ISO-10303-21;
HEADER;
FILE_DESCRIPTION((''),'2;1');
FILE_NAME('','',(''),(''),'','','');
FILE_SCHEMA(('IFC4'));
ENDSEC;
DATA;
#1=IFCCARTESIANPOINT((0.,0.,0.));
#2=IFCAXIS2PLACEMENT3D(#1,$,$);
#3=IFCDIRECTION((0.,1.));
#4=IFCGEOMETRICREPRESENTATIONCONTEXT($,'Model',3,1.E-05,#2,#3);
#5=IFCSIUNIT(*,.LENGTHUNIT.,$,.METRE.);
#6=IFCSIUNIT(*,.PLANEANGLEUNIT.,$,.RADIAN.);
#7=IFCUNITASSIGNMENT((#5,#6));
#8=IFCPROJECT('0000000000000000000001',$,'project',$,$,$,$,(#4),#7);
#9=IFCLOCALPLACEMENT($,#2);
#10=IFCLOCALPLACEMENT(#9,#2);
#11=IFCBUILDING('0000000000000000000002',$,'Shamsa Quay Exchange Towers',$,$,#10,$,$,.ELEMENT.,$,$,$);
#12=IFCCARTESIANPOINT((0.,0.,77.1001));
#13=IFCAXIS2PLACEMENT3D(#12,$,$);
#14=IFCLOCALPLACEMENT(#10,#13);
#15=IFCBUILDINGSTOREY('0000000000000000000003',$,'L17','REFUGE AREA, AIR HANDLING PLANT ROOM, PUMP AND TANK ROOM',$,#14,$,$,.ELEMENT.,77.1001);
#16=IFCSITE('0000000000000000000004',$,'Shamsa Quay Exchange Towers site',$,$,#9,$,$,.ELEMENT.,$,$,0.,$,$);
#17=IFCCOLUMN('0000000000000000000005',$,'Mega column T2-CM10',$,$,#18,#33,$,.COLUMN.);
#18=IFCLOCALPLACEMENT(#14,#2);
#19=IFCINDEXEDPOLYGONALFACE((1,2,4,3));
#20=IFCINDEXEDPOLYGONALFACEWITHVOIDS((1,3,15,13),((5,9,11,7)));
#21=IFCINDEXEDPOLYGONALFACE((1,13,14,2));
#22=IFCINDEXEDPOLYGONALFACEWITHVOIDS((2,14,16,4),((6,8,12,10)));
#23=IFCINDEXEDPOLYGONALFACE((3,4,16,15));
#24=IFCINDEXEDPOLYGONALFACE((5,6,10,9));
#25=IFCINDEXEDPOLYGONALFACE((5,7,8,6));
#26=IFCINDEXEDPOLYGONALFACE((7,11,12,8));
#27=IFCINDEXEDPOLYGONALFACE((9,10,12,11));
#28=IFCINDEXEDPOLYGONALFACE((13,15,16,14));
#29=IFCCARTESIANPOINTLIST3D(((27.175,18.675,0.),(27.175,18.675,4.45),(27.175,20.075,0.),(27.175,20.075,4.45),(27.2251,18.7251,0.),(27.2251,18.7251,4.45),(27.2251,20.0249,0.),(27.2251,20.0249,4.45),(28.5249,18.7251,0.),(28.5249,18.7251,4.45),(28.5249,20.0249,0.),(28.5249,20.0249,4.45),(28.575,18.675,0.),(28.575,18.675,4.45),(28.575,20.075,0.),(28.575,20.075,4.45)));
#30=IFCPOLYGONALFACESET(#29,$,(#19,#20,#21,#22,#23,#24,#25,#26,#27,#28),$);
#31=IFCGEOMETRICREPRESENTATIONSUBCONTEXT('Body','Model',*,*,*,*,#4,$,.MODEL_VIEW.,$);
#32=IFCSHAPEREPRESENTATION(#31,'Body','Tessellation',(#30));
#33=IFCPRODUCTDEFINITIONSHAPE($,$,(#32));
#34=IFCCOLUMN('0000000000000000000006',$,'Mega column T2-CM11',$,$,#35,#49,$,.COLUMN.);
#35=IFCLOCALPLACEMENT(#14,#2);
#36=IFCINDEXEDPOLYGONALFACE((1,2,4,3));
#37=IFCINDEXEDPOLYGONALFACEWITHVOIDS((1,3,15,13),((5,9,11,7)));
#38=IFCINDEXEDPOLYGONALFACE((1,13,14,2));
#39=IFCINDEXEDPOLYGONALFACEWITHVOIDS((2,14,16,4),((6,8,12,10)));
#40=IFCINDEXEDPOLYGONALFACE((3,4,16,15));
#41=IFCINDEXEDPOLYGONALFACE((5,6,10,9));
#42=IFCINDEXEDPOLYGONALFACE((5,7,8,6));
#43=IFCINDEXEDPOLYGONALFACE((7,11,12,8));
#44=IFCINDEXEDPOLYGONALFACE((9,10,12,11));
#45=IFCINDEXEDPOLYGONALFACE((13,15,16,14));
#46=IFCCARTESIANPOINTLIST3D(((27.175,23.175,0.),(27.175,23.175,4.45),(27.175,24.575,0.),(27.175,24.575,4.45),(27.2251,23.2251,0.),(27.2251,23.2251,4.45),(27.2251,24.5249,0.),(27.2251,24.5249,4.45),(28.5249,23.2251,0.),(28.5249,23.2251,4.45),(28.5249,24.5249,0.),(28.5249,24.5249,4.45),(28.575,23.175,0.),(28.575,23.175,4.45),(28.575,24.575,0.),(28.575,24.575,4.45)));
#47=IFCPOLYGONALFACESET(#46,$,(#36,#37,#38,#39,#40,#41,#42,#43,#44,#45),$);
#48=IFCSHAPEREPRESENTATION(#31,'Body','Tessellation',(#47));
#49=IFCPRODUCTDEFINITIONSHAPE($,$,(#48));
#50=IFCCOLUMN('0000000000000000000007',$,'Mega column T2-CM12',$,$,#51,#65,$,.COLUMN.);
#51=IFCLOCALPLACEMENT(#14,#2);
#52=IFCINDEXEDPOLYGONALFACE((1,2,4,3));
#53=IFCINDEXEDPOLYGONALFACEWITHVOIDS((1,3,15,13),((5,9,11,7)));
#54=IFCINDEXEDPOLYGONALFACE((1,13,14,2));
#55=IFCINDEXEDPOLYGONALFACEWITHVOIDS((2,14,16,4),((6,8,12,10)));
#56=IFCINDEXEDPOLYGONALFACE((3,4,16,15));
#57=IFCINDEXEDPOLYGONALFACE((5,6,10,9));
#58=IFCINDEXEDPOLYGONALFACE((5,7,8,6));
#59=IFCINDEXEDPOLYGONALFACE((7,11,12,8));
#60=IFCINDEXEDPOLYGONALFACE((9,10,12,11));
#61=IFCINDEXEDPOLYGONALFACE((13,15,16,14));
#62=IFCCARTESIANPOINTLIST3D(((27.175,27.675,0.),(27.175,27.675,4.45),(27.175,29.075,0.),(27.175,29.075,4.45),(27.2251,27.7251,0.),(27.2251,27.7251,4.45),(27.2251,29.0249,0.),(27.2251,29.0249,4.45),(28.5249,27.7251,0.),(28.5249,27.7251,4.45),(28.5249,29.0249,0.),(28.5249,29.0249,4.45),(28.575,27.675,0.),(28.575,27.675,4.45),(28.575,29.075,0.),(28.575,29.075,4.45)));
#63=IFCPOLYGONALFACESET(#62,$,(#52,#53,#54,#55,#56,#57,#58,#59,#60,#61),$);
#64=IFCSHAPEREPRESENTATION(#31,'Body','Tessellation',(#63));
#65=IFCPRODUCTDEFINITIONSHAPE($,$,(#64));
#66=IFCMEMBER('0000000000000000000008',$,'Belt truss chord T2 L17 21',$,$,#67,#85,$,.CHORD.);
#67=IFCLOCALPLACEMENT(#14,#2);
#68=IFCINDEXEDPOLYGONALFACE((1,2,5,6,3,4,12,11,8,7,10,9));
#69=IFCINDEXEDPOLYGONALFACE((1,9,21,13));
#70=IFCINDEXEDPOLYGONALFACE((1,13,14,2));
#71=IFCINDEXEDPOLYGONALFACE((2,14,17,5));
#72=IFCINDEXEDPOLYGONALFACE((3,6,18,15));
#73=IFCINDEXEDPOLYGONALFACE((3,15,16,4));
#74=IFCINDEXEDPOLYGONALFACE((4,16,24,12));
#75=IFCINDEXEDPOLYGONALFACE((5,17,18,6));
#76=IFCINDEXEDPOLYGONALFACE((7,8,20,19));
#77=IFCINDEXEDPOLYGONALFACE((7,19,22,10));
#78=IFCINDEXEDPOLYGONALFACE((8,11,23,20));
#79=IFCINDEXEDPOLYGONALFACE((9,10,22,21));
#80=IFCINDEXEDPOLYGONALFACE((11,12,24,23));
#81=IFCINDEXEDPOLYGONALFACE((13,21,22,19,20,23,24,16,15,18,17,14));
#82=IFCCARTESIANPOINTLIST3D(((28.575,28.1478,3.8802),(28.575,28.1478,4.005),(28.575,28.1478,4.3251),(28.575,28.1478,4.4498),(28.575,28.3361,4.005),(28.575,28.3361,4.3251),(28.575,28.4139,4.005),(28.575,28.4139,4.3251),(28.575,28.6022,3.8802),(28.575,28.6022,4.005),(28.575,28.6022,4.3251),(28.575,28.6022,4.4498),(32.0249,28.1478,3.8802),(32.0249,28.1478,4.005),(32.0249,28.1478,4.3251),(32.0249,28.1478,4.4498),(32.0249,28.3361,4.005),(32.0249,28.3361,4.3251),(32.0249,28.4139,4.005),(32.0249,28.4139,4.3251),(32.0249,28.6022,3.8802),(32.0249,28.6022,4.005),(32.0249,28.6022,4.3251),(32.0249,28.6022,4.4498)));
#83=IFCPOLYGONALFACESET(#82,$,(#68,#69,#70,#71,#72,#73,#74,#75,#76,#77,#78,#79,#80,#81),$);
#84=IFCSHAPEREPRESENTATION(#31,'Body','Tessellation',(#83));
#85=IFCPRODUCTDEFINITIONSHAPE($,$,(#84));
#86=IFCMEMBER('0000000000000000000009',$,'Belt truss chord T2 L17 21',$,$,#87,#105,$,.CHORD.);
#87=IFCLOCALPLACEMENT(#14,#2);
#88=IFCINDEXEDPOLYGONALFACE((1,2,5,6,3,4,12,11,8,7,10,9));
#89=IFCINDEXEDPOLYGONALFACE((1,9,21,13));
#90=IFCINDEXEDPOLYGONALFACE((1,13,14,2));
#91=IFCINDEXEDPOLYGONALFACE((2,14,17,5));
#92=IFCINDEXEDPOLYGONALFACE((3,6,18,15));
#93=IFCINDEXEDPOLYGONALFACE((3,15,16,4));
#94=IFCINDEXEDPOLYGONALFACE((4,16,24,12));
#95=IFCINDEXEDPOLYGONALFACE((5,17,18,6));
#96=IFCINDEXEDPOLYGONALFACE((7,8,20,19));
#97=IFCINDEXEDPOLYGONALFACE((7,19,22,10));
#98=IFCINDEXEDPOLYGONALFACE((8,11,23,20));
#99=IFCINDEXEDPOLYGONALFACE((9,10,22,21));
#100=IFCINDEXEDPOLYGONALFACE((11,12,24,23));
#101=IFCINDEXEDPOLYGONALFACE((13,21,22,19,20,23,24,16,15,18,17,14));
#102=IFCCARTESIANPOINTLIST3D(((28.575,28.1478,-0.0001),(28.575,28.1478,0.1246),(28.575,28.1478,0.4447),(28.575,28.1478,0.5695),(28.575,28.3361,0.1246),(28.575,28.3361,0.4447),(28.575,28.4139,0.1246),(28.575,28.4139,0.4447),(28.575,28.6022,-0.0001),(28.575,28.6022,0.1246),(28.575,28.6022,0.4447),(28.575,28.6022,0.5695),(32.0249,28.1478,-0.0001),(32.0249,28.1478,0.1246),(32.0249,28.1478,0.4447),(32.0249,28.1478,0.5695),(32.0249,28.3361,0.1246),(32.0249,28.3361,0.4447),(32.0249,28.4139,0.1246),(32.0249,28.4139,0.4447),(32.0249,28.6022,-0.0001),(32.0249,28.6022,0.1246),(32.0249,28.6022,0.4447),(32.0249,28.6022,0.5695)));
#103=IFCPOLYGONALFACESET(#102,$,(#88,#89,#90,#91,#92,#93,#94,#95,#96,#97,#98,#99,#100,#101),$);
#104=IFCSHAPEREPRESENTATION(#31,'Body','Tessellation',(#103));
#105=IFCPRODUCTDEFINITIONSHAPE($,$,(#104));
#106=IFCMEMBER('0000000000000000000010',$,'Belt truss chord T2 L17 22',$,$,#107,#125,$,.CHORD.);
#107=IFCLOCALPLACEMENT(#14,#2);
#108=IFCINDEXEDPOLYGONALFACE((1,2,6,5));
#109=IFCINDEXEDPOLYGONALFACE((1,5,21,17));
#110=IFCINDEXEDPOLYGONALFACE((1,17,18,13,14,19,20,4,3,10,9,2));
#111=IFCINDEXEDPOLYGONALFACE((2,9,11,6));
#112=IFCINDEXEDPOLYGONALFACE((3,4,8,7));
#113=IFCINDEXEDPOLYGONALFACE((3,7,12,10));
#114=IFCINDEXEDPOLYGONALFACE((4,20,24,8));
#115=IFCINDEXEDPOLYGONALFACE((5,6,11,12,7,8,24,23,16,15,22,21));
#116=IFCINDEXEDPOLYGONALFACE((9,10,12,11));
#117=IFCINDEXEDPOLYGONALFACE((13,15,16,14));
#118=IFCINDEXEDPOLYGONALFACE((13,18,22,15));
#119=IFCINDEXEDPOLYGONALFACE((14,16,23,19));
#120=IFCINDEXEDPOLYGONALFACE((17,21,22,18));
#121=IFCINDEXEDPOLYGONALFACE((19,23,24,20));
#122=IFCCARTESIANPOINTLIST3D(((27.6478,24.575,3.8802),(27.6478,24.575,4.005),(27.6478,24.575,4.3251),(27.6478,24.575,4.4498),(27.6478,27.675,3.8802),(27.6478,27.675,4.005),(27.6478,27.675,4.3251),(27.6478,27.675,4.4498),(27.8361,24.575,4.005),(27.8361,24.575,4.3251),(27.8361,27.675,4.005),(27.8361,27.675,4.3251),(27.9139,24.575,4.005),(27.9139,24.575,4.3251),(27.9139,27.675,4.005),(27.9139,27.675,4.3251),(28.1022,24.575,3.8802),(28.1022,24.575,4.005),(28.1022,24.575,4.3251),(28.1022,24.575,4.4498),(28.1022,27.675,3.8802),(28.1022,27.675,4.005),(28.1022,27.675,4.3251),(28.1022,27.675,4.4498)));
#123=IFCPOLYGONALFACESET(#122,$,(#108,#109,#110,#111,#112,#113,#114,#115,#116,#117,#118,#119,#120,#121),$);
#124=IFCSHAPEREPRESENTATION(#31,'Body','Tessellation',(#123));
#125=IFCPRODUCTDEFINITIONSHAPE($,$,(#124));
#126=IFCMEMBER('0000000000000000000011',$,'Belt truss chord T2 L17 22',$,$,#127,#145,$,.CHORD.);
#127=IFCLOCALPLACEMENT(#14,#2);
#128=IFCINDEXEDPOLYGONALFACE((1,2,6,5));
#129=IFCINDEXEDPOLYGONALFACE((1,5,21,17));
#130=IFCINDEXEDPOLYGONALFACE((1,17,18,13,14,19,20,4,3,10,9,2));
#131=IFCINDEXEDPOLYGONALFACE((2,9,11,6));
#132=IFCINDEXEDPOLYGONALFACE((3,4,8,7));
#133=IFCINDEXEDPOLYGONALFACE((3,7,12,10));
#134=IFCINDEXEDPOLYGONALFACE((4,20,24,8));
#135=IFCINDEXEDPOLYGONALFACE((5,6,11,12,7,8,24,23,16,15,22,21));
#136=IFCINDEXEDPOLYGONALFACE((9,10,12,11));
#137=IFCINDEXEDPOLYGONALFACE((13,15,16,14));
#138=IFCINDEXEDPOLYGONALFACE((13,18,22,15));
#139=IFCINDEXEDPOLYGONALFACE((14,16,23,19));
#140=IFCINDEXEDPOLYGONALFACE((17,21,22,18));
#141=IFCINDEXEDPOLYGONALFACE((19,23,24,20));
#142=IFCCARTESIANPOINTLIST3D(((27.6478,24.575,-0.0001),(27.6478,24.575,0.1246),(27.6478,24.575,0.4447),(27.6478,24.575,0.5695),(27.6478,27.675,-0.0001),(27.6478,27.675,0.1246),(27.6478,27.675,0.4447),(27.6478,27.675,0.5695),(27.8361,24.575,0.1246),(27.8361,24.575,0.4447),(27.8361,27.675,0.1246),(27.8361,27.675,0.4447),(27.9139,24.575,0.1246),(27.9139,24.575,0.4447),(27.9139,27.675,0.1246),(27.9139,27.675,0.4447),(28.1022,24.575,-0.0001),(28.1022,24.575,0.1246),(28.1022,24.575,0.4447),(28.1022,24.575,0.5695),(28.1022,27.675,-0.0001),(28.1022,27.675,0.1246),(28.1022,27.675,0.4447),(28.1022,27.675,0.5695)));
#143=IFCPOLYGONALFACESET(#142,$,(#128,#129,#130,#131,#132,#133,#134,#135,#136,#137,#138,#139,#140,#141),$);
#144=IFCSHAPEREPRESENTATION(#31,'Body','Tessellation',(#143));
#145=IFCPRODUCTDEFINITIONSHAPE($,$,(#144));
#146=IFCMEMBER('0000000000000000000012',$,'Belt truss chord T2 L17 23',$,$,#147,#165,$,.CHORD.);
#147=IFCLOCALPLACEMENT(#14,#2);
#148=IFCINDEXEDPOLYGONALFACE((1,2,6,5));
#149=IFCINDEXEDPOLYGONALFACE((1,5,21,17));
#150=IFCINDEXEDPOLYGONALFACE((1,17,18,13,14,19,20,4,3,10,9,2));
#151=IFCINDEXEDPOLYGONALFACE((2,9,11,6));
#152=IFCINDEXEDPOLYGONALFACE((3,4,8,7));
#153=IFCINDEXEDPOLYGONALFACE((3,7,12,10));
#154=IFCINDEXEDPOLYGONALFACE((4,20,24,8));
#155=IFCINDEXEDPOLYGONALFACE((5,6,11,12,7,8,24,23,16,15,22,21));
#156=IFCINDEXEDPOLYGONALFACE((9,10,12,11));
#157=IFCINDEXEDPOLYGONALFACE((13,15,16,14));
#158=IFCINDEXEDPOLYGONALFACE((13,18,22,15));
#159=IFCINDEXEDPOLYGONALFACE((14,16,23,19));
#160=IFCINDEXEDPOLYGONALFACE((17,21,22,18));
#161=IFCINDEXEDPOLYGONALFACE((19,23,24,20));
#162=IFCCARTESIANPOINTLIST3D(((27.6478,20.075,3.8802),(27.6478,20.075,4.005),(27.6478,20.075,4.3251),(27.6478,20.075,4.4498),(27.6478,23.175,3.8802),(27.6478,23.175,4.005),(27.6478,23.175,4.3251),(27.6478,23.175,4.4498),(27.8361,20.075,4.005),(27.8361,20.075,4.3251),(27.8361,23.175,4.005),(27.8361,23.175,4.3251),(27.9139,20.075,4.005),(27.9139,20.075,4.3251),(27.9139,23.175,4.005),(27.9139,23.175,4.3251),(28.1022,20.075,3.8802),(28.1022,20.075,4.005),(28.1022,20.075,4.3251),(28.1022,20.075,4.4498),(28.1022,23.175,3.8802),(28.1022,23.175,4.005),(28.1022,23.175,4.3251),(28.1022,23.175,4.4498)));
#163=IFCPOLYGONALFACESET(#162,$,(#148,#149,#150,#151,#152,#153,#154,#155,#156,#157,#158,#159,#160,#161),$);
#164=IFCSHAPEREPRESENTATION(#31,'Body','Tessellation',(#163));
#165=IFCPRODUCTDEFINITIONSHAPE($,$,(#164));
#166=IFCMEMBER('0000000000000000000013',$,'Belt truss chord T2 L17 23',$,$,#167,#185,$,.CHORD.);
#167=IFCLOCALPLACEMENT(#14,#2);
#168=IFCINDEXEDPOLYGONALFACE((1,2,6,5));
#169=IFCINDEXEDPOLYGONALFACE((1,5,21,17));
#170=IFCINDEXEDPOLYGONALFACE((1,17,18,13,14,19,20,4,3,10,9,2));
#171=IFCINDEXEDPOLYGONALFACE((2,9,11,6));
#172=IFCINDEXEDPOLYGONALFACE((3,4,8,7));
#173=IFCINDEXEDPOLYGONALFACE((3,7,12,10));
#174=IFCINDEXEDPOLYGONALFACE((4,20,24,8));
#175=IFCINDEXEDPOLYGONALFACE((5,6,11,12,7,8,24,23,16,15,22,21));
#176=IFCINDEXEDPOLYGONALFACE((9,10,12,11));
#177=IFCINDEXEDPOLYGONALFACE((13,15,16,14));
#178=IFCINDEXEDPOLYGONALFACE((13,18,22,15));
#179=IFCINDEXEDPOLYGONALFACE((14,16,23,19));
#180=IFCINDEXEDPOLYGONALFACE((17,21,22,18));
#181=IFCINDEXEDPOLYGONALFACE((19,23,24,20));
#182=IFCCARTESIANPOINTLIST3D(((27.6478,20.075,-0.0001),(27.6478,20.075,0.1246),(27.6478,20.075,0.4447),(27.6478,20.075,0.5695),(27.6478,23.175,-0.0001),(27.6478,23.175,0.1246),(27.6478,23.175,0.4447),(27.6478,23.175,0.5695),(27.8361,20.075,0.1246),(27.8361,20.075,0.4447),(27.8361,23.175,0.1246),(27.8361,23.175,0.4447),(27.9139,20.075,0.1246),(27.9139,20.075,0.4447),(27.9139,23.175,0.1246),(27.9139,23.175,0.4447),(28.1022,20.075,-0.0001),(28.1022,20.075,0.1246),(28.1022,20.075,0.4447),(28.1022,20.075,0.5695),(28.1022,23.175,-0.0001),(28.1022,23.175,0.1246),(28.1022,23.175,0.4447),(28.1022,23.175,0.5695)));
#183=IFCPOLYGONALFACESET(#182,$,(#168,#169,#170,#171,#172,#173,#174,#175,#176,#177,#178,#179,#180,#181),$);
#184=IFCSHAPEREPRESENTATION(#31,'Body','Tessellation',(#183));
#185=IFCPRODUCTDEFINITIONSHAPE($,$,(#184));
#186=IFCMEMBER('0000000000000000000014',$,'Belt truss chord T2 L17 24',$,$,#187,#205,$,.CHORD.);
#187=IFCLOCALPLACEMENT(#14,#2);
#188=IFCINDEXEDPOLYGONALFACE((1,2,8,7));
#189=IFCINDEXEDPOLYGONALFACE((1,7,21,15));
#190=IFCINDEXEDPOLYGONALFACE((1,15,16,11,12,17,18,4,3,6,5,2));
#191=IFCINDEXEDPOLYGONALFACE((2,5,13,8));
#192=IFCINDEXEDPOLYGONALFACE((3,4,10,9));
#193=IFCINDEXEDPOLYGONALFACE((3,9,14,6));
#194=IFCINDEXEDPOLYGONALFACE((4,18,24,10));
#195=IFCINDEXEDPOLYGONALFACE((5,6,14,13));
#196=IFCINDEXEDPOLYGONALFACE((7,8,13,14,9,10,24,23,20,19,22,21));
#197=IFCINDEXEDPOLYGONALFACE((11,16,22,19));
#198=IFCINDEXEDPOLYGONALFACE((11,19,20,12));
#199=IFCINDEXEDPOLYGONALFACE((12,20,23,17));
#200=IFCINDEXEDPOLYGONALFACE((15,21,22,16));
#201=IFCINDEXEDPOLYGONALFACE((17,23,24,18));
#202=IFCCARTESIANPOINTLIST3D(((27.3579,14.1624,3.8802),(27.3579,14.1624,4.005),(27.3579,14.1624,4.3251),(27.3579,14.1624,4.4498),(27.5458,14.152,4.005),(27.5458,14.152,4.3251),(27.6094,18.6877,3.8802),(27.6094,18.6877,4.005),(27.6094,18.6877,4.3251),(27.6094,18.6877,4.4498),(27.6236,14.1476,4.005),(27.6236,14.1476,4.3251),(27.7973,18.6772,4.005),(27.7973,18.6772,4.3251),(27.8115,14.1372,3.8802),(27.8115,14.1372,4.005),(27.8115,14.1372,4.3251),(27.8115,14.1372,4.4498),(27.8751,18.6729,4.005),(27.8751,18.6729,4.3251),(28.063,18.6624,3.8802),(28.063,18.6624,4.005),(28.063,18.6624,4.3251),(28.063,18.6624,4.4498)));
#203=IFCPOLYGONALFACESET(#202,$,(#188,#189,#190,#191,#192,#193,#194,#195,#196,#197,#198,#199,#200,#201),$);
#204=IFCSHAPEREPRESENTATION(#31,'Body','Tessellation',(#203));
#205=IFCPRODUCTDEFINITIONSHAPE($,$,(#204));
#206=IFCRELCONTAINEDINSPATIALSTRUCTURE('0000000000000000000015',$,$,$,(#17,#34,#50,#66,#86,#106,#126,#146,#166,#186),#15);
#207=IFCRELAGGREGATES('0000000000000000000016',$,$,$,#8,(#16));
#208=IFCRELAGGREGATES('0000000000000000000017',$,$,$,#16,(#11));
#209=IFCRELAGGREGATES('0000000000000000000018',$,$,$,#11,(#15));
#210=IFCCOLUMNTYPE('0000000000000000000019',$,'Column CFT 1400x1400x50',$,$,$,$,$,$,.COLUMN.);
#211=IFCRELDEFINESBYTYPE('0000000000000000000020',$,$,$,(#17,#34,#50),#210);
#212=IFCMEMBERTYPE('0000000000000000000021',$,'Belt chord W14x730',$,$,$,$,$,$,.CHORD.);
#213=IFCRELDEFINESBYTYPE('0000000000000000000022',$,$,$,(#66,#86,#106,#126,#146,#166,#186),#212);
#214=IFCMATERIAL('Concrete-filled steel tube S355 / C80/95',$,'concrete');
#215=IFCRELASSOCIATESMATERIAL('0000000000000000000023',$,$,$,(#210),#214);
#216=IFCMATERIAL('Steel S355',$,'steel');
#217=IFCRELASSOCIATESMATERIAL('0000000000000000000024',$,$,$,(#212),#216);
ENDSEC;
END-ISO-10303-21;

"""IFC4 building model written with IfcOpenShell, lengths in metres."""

from ifc_helpers import new_model, si_unit, direction, frame, origin, origin_2d, place, context, subcontext, project, spatial, hollow_rectangle, i_section, extrude, material, material_profile, profile_set, type_object, element, save


model = new_model("IFC4")

# Units and contexts
model_context = context("Model", 3, precision=1e-05, world=origin(), true_north=direction((0.0, 1.0)))
body_context = subcontext(model_context, "Body", "Model", "MODEL_VIEW")
ifc_project = project(units=[si_unit("LENGTHUNIT", "METRE"), si_unit("PLANEANGLEUNIT", "RADIAN")], contexts=[model_context])

# Site, building, storey
site_placement = place(None, origin())
site = spatial("IfcSite", under=ifc_project, at=site_placement, Name="Shamsa Quay Exchange Towers site", CompositionType="ELEMENT", RefElevation=0.0)
building_placement = place(site_placement, origin())
building = spatial("IfcBuilding", under=site, at=building_placement, Name="Shamsa Quay Exchange Towers", CompositionType="ELEMENT")
storey_placement = place(building_placement, frame((0.0, 0.0, 77.1001)))
storey = spatial("IfcBuildingStorey", under=building, at=storey_placement, Name="L17", Description="REFUGE AREA, AIR HANDLING PLANT ROOM, PUMP AND TANK ROOM", CompositionType="ELEMENT", Elevation=77.1001)

# Columns
ifc_material_1 = material(Name="Concrete-filled steel tube S355 / C80/95", Category="concrete")
ifc_material_profile_1 = material_profile(ifc_material_1, hollow_rectangle(XDim=1.3999, YDim=1.3999, WallThickness=0.05, at=origin_2d()), Name="CFT 1400x1400x50")
ifc_profile_set_1 = profile_set([ifc_material_profile_1], Name="Concrete-filled steel tube S355 / C80/95")
column_type = type_object("IfcColumnType", Name="Column CFT 1400x1400x50", PredefinedType="COLUMN", material=ifc_profile_set_1)
for number, where, name in (
    (1, (27.875, 19.375, 0.0), "Mega column T2-CM10"),
    (2, (27.875, 23.875, 0.0), "Mega column T2-CM11"),
    (3, (27.875, 28.375, 0.0), "Mega column T2-CM12"),
):
    element("IfcColumn", number, at=place(storey_placement, frame(where)), inside=storey, type_object=column_type, Name=name, PredefinedType="COLUMN", context=body_context, shape_type="SweptSolid", body=[
        extrude(hollow_rectangle(XDim=1.3999, YDim=1.3999, WallThickness=0.05, at=origin_2d()), origin(), (0.0, 0.0, 1.0), 4.45),
    ])

# Members
ifc_material_2 = material(Name="Steel S355", Category="steel")
ifc_material_profile_2 = material_profile(ifc_material_2, i_section(OverallWidth=0.4543, OverallDepth=0.5696, WebThickness=0.0779, FlangeThickness=0.1248, at=origin_2d()), Name="W14x730")
ifc_profile_set_2 = profile_set([ifc_material_profile_2], Name="Steel S355")
member_type_1 = type_object("IfcMemberType", Name="Belt chord W14x730", PredefinedType="CHORD", material=ifc_profile_set_2)
for number, where, z_axis, x_axis, name in (
    (4, (32.0249, 28.375, 4.165), (-1.0, 0.0, 0.0), (0.0, -1.0, 0.0), "Belt truss chord T2 L17 21"),
    (5, (32.0249, 28.375, 0.2847), (-1.0, 0.0, 0.0), (0.0, -1.0, 0.0), "Belt truss chord T2 L17 21"),
):
    element("IfcMember", number, at=place(storey_placement, frame(where, z_axis=z_axis, x_axis=x_axis)), inside=storey, type_object=member_type_1, Name=name, PredefinedType="CHORD", context=body_context, shape_type="SweptSolid", body=[
        extrude(i_section(OverallWidth=0.4543, OverallDepth=0.5696, WebThickness=0.0779, FlangeThickness=0.1248, at=origin_2d()), origin(), (0.0, 0.0, 1.0), 3.45),
    ])
for number, where, z_axis, x_axis, name in (
    (6, (27.875, 27.675, 4.165), (0.0, -1.0, 0.0), (1.0, 0.0, 0.0), "Belt truss chord T2 L17 22"),
    (7, (27.875, 27.675, 0.2847), (0.0, -1.0, 0.0), (1.0, 0.0, 0.0), "Belt truss chord T2 L17 22"),
    (8, (27.875, 23.175, 4.165), (0.0, -1.0, 0.0), (1.0, 0.0, 0.0), "Belt truss chord T2 L17 23"),
    (9, (27.875, 23.175, 0.2847), (0.0, -1.0, 0.0), (1.0, 0.0, 0.0), "Belt truss chord T2 L17 23"),
):
    element("IfcMember", number, at=place(storey_placement, frame(where, z_axis=z_axis, x_axis=x_axis)), inside=storey, type_object=member_type_1, Name=name, PredefinedType="CHORD", context=body_context, shape_type="SweptSolid", body=[
        extrude(i_section(OverallWidth=0.4543, OverallDepth=0.5696, WebThickness=0.0779, FlangeThickness=0.1248, at=origin_2d()), origin(), (0.0, 0.0, 1.0), 3.1001),
    ])
for number, where, z_axis, x_axis, name in (
    (10, (27.8362, 18.675, 4.165), (-0.055485, -0.99846, 0.0), (0.99846, -0.055485, 0.0), "Belt truss chord T2 L17 24"),
):
    element("IfcMember", number, at=place(storey_placement, frame(where, z_axis=z_axis, x_axis=x_axis)), inside=storey, type_object=member_type_1, Name=name, PredefinedType="CHORD", context=body_context, shape_type="SweptSolid", body=[
        extrude(i_section(OverallWidth=0.4543, OverallDepth=0.5696, WebThickness=0.0779, FlangeThickness=0.1248, at=origin_2d()), origin(), (0.0, 0.0, 1.0), 4.5322),
    ])

save(model, "model.ifc")
